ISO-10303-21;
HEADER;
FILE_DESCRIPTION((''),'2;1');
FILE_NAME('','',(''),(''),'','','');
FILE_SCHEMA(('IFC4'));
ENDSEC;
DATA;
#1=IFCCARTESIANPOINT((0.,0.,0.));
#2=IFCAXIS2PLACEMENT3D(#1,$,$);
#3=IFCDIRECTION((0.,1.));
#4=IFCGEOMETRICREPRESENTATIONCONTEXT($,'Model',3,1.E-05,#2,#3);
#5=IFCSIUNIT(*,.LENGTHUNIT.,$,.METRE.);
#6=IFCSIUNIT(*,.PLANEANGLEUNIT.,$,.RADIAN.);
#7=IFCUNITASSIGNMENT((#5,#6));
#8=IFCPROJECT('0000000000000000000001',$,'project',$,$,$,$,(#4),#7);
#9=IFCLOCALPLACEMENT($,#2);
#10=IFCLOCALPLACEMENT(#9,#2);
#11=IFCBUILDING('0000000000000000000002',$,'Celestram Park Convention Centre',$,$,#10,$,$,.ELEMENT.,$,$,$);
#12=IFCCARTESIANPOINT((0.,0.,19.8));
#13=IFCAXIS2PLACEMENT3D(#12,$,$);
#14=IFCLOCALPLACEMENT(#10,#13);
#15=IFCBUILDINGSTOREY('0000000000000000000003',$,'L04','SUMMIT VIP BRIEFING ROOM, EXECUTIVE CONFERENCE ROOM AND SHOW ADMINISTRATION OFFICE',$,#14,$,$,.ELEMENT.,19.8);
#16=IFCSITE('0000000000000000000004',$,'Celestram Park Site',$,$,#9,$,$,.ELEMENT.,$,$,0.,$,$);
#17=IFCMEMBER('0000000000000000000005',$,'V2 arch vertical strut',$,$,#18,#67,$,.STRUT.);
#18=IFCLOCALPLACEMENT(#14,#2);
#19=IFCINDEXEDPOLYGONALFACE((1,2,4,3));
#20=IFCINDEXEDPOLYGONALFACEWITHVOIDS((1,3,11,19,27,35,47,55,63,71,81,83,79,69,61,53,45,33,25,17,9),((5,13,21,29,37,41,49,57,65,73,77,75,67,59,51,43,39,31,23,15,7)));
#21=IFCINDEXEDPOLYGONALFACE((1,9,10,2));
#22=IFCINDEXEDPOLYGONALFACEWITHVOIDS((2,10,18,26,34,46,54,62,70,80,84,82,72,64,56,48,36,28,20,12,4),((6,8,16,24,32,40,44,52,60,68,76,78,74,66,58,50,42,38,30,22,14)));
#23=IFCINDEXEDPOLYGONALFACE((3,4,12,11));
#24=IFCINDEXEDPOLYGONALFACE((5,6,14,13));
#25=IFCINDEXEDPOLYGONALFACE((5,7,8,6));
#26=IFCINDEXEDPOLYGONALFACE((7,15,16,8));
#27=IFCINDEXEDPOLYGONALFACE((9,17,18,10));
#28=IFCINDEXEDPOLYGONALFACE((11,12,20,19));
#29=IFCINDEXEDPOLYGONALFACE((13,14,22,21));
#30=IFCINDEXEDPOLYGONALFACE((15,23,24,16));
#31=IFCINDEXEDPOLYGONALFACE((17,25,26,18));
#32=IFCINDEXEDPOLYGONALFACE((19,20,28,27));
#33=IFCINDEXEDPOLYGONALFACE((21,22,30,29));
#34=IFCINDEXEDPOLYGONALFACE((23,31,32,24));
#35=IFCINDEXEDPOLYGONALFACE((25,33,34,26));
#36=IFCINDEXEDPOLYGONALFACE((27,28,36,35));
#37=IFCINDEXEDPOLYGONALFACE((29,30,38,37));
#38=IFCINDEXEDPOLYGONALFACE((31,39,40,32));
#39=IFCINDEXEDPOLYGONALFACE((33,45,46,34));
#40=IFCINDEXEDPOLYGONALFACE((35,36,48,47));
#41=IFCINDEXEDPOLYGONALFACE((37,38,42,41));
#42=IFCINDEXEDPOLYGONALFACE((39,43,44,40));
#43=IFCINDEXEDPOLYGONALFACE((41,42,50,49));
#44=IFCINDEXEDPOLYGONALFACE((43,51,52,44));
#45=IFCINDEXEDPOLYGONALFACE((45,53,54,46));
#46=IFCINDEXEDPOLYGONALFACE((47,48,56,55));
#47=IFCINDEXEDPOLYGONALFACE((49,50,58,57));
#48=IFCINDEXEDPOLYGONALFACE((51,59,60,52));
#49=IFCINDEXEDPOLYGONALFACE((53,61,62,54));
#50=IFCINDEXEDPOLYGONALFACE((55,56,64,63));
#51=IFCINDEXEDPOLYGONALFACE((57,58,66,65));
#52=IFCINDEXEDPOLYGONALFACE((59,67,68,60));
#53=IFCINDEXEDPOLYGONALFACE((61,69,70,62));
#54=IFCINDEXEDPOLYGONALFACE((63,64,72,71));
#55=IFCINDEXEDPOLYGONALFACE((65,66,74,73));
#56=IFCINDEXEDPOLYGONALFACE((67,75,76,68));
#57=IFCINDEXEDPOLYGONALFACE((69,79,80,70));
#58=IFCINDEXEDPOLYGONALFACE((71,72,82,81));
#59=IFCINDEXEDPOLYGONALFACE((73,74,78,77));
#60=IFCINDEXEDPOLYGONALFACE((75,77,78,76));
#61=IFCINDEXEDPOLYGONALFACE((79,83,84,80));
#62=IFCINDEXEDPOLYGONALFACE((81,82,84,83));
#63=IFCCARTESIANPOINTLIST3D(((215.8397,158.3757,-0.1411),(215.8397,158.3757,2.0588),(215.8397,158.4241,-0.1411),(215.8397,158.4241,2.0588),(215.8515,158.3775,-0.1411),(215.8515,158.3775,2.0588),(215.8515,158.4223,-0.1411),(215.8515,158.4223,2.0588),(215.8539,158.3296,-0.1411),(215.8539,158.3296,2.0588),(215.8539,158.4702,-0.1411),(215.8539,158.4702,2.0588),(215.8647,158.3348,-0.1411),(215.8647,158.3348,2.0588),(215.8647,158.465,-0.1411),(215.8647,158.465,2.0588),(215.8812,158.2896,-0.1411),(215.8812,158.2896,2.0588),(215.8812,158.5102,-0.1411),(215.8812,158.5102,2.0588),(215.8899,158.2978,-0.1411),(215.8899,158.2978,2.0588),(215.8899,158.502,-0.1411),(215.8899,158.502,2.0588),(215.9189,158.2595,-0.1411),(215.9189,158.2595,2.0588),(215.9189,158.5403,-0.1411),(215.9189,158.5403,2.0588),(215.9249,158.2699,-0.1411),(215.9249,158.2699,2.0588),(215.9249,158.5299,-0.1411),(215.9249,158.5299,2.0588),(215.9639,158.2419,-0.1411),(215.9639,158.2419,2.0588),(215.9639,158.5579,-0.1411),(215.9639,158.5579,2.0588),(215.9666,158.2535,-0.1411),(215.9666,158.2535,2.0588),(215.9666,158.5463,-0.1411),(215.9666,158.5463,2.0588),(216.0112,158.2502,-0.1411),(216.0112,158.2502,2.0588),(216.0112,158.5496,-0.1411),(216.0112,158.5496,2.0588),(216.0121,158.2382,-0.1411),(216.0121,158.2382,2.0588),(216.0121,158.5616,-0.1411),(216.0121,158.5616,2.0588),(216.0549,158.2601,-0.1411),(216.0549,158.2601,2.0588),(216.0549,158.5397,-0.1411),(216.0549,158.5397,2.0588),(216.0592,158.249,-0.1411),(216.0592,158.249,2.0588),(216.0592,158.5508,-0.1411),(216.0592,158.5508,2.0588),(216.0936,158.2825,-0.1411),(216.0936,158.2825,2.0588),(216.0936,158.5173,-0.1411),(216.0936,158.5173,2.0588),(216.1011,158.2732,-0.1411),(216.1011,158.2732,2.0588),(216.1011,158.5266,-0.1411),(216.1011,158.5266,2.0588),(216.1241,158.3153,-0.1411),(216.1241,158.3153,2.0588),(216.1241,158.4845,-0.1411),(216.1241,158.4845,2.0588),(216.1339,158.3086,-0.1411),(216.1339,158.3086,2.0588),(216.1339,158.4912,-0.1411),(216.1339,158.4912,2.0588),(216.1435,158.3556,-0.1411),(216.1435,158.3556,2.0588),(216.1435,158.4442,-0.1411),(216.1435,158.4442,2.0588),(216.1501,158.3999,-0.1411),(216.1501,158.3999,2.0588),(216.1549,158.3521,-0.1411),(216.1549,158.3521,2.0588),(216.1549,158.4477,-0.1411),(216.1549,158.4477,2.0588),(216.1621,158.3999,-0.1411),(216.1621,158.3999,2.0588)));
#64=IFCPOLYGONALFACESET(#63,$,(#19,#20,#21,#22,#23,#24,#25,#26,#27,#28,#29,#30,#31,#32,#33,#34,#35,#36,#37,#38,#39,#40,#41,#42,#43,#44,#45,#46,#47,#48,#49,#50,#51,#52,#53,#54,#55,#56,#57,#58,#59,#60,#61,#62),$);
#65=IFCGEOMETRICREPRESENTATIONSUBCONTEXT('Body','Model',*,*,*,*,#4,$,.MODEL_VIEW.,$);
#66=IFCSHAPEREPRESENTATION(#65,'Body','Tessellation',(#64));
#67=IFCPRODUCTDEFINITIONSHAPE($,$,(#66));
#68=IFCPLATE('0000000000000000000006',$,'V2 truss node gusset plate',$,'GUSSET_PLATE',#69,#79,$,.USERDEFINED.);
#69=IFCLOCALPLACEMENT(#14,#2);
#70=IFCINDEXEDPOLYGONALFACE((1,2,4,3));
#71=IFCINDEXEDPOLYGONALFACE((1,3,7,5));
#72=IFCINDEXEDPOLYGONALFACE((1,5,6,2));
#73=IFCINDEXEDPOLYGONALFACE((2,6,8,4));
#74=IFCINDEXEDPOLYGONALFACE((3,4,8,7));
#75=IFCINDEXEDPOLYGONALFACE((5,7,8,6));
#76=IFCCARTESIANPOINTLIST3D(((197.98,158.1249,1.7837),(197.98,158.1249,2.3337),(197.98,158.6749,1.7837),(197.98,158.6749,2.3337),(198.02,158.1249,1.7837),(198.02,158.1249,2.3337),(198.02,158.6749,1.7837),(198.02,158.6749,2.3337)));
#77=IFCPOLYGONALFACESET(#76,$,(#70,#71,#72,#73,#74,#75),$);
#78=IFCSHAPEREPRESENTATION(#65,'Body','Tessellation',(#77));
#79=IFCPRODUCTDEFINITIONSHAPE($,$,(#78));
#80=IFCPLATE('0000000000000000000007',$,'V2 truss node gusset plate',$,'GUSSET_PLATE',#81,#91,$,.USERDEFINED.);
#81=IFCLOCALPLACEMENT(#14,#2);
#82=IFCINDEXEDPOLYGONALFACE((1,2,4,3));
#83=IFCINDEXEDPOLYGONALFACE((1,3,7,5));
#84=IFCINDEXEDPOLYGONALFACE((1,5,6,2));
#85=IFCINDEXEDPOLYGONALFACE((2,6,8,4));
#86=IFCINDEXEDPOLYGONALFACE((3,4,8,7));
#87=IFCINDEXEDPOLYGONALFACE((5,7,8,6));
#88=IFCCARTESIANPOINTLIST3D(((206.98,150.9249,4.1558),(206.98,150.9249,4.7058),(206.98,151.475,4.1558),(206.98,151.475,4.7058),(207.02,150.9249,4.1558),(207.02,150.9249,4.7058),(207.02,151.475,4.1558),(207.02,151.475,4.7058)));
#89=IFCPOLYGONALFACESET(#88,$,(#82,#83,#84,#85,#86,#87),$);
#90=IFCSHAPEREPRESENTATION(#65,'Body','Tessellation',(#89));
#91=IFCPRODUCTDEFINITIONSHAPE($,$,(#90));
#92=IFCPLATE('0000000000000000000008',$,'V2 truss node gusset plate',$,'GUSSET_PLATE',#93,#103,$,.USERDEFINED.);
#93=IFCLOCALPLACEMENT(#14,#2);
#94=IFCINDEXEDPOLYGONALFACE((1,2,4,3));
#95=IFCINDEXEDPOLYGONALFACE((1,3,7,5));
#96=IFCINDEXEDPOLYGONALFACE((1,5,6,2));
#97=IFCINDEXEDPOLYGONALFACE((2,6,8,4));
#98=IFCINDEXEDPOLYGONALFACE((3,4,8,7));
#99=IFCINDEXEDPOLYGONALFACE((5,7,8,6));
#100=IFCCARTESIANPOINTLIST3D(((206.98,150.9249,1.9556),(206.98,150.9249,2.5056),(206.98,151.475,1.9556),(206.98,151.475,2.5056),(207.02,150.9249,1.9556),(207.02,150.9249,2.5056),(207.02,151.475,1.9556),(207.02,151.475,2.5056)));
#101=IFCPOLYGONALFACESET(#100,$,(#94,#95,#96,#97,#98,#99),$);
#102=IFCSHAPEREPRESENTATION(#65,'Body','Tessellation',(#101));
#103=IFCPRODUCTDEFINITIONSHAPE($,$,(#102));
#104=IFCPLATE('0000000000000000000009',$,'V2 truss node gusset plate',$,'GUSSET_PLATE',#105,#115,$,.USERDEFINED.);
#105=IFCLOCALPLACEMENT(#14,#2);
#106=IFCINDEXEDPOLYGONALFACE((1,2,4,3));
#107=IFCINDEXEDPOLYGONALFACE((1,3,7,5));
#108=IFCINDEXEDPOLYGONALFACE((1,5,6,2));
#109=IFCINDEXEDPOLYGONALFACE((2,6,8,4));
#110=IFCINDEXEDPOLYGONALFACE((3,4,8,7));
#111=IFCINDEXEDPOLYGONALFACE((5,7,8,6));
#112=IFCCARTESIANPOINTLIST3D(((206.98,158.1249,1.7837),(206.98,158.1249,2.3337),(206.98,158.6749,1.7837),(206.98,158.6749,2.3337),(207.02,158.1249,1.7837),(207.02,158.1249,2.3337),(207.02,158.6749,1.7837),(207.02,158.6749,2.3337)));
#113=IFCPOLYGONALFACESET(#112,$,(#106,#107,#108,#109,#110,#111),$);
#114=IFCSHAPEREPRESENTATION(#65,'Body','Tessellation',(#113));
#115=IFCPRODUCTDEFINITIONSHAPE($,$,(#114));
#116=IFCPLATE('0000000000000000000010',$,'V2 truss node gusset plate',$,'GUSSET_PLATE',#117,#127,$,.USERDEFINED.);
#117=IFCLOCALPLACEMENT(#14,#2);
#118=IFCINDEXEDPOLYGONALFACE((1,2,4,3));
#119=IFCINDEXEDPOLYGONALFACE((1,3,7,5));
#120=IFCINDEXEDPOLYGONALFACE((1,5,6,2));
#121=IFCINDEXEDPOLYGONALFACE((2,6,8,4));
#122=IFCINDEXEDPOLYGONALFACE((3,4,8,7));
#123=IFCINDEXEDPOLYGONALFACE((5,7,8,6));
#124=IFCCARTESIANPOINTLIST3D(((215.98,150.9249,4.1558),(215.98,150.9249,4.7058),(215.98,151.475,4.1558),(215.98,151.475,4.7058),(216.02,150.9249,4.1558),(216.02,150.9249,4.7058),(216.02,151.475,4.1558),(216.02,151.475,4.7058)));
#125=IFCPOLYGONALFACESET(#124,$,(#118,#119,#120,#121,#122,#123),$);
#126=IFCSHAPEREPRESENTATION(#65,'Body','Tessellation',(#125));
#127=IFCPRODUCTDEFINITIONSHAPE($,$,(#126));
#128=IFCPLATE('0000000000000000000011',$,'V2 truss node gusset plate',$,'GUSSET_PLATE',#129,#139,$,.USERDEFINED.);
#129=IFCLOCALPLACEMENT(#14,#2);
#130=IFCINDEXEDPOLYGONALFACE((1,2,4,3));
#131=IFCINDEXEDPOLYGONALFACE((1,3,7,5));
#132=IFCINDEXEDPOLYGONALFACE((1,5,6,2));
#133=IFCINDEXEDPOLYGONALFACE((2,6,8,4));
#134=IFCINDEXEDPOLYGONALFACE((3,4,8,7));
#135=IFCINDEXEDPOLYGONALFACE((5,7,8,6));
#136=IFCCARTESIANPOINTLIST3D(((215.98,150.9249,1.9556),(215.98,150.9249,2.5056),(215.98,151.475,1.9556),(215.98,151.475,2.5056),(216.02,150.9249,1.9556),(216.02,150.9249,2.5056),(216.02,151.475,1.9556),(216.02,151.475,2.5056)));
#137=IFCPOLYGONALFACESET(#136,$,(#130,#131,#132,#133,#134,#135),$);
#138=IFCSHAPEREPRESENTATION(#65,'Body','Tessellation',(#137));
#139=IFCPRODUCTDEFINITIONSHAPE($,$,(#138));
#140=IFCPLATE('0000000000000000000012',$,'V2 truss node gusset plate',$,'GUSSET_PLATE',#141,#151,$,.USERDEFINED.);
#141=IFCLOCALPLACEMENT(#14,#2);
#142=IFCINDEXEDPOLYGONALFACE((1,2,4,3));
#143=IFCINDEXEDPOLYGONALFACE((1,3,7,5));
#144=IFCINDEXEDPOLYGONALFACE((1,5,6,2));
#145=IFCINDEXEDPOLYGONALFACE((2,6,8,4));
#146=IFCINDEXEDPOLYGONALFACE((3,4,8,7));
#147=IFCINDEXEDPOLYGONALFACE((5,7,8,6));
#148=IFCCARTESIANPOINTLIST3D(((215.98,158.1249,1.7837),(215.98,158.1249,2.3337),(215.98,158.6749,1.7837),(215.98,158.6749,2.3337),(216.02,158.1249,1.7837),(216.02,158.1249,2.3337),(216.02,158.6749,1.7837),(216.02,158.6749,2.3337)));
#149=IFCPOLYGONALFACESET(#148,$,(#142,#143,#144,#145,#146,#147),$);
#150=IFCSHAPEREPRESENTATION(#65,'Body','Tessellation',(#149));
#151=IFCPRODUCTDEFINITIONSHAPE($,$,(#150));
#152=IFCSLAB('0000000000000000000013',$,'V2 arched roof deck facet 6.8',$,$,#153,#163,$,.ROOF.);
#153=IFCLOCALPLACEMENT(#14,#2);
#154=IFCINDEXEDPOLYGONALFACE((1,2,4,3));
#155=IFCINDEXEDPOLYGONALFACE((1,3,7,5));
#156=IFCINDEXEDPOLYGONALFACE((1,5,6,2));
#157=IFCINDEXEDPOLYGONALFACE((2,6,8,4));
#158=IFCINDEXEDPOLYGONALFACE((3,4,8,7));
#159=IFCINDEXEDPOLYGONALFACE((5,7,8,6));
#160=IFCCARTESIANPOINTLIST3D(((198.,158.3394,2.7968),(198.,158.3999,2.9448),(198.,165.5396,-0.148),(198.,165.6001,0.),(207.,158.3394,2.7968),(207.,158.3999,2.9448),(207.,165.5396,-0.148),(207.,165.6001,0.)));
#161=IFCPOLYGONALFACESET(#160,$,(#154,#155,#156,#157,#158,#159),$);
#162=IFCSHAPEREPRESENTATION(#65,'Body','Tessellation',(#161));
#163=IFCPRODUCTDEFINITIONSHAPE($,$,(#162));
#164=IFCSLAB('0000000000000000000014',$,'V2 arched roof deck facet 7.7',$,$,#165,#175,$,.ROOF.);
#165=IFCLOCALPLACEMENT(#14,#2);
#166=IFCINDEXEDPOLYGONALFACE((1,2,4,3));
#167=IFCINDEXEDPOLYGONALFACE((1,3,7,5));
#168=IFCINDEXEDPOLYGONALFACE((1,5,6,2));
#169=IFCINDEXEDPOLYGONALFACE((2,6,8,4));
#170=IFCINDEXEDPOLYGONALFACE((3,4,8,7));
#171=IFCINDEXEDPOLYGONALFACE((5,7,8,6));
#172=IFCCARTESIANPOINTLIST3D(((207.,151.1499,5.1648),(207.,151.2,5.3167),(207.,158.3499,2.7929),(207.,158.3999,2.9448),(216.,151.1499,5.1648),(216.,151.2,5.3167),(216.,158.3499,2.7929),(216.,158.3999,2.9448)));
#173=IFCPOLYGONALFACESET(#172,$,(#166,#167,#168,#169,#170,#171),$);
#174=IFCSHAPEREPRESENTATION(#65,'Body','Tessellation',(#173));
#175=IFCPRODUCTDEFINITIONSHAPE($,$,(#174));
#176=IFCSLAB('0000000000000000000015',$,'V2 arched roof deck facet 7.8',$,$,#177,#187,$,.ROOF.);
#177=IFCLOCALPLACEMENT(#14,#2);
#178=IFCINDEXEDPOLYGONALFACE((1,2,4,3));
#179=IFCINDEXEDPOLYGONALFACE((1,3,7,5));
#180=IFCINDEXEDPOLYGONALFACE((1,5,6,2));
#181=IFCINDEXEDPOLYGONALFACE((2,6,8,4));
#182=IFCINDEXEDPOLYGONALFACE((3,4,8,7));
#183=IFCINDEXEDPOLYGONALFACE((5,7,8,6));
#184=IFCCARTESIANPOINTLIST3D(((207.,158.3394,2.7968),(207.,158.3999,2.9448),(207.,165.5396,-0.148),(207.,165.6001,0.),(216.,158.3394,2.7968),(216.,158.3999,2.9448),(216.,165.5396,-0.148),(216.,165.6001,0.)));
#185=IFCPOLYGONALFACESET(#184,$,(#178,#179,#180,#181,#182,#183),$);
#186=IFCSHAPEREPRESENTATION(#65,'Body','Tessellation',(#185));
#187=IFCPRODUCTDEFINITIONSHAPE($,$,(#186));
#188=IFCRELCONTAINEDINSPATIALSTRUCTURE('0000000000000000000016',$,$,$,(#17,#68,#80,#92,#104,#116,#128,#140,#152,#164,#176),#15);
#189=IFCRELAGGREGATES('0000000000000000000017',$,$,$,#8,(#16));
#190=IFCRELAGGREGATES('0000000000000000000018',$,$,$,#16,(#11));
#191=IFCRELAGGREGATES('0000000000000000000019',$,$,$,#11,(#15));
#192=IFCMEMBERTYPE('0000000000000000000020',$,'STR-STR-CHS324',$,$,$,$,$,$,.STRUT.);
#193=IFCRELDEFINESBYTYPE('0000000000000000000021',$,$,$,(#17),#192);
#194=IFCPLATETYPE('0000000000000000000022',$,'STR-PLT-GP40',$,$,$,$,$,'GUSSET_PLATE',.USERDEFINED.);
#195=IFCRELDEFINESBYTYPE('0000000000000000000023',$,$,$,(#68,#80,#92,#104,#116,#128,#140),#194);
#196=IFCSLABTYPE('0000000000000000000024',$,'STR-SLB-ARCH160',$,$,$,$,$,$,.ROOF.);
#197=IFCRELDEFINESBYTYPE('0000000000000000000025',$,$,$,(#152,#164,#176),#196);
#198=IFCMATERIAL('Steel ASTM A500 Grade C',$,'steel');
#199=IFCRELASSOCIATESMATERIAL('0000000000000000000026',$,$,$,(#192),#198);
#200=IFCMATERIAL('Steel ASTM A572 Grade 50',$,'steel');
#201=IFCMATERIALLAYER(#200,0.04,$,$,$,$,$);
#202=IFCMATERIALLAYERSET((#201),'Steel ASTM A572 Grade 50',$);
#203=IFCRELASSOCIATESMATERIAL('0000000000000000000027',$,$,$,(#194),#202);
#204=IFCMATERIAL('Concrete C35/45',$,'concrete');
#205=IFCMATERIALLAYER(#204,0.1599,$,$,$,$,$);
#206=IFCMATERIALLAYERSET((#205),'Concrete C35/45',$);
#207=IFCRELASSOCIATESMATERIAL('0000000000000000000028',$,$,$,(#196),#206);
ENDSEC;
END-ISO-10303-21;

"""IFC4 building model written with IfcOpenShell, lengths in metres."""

from ifc_helpers import new_model, si_unit, direction, frame, origin, origin_2d, place, context, subcontext, project, spatial, polyline, rectangle, hollow_circle, outline, extrude, material, layer, layer_set, material_profile, profile_set, type_object, element, save


model = new_model("IFC4")

# Units and contexts
model_context = context("Model", 3, precision=1e-05, world=origin(), true_north=direction((0.0, 1.0)))
body_context = subcontext(model_context, "Body", "Model", "MODEL_VIEW")
ifc_project = project(units=[si_unit("LENGTHUNIT", "METRE"), si_unit("PLANEANGLEUNIT", "RADIAN")], contexts=[model_context])

# Site, building, storey
site_placement = place(None, origin())
site = spatial("IfcSite", under=ifc_project, at=site_placement, Name="Celestram Park Site", CompositionType="ELEMENT", RefElevation=0.0)
building_placement = place(site_placement, origin())
building = spatial("IfcBuilding", under=site, at=building_placement, Name="Celestram Park Convention Centre", CompositionType="ELEMENT")
storey_placement = place(building_placement, frame((0.0, 0.0, 19.8)))
storey = spatial("IfcBuildingStorey", under=building, at=storey_placement, Name="L04", Description="SUMMIT VIP BRIEFING ROOM, EXECUTIVE CONFERENCE ROOM AND SHOW ADMINISTRATION OFFICE", CompositionType="ELEMENT", Elevation=19.8)

# Member
ifc_material_1 = material(Name="Steel ASTM A500 Grade C", Category="steel")
ifc_material_profile_1 = material_profile(ifc_material_1, hollow_circle(Radius=0.1621, WallThickness=0.012, at=origin_2d()), Name="CHS324X12")
ifc_profile_set_1 = profile_set([ifc_material_profile_1], Name="Steel ASTM A500 Grade C")
member_type_1 = type_object("IfcMemberType", Name="STR-STR-CHS324", PredefinedType="STRUT", material=ifc_profile_set_1)
for number, where, z_axis, x_axis, name in (
    (1, (216.0, 158.3999, -0.1411), (0.0, 0.0, 1.0), (1.0, 0.0, 0.0), "V2 arch vertical strut"),
):
    element("IfcMember", number, at=place(storey_placement, frame(where, z_axis=z_axis, x_axis=x_axis)), inside=storey, type_object=member_type_1, Name=name, PredefinedType="STRUT", context=body_context, shape_type="SweptSolid", body=[
        extrude(hollow_circle(Radius=0.1621, WallThickness=0.012, at=origin_2d()), origin(), (0.0, 0.0, 1.0), 2.2),
    ])

# Plates
ifc_material_2 = material(Name="Steel ASTM A572 Grade 50", Category="steel")
ifc_layer_1 = layer(ifc_material_2, 0.04)
ifc_layer_set_1 = layer_set([ifc_layer_1], Name="Steel ASTM A572 Grade 50")
plate_type = type_object("IfcPlateType", Name="STR-PLT-GP40", ElementType="GUSSET_PLATE", PredefinedType="USERDEFINED", material=ifc_layer_set_1)
for number, where, z_axis, x_axis, name in (
    (2, (198.0, 158.3999, 1.7837), (0.0, 0.0, 1.0), (0.0, 1.0, 0.0), "V2 truss node gusset plate"),
    (3, (207.0, 151.2, 4.1558), (0.0, 0.0, 1.0), (0.0, 1.0, 0.0), "V2 truss node gusset plate"),
    (4, (207.0, 151.2, 1.9556), (0.0, 0.0, 1.0), (0.0, 1.0, 0.0), "V2 truss node gusset plate"),
    (5, (207.0, 158.3999, 1.7837), (0.0, 0.0, 1.0), (0.0, 1.0, 0.0), "V2 truss node gusset plate"),
    (6, (216.0, 151.2, 4.1558), (0.0, 0.0, 1.0), (0.0, 1.0, 0.0), "V2 truss node gusset plate"),
    (7, (216.0, 151.2, 1.9556), (0.0, 0.0, 1.0), (0.0, 1.0, 0.0), "V2 truss node gusset plate"),
    (8, (216.0, 158.3999, 1.7837), (0.0, 0.0, 1.0), (0.0, 1.0, 0.0), "V2 truss node gusset plate"),
):
    element("IfcPlate", number, at=place(storey_placement, frame(where, z_axis=z_axis, x_axis=x_axis)), inside=storey, type_object=plate_type, Name=name, ObjectType="GUSSET_PLATE", PredefinedType="USERDEFINED", context=body_context, shape_type="SweptSolid", body=[
        extrude(rectangle(XDim=0.55, YDim=0.04, at=origin_2d()), origin(), (0.0, 0.0, 1.0), 0.55),
    ])

# Slabs
ifc_material_3 = material(Name="Concrete C35/45", Category="concrete")
ifc_layer_2 = layer(ifc_material_3, 0.1599)
ifc_layer_set_2 = layer_set([ifc_layer_2], Name="Concrete C35/45")
slab_type = type_object("IfcSlabType", Name="STR-SLB-ARCH160", PredefinedType="ROOF", material=ifc_layer_set_2)
slab_1_placement = place(storey_placement, frame((198.0, 158.3999, 2.9448), z_axis=(0.0, 0.378555, 0.925579), x_axis=(1.0, 0.0, 0.0)))
element("IfcSlab", 9, at=slab_1_placement, inside=storey, type_object=slab_type, Name="V2 arched roof deck facet 6.8", PredefinedType="ROOF", context=body_context, shape_type="SweptSolid", body=[
    extrude(outline(polyline([(0.0, 0.0), (9.0, 0.0), (9.0, 7.7791), (0.0, 7.7791), (0.0, 0.0)])), origin(), (0.0, 0.0, -1.0), 0.1599),
])
slab_2_placement = place(storey_placement, frame((207.0, 151.2, 5.3167), z_axis=(0.0, 0.312883, 0.949792), x_axis=(1.0, 0.0, 0.0)))
element("IfcSlab", 10, at=slab_2_placement, inside=storey, type_object=slab_type, Name="V2 arched roof deck facet 7.7", PredefinedType="ROOF", context=body_context, shape_type="SweptSolid", body=[
    extrude(outline(polyline([(0.0, 0.0), (9.0, 0.0), (9.0, 7.5806), (0.0, 7.5806), (0.0, 0.0)])), origin(), (0.0, 0.0, -1.0), 0.1599),
])
slab_3_placement = place(storey_placement, frame((207.0, 158.3999, 2.9448), z_axis=(0.0, 0.378555, 0.925579), x_axis=(1.0, 0.0, 0.0)))
element("IfcSlab", 11, at=slab_3_placement, inside=storey, type_object=slab_type, Name="V2 arched roof deck facet 7.8", PredefinedType="ROOF", context=body_context, shape_type="SweptSolid", body=[
    extrude(outline(polyline([(0.0, 0.0), (9.0, 0.0), (9.0, 7.7791), (0.0, 7.7791), (0.0, 0.0)])), origin(), (0.0, 0.0, -1.0), 0.1599),
])

save(model, "model.ifc")
